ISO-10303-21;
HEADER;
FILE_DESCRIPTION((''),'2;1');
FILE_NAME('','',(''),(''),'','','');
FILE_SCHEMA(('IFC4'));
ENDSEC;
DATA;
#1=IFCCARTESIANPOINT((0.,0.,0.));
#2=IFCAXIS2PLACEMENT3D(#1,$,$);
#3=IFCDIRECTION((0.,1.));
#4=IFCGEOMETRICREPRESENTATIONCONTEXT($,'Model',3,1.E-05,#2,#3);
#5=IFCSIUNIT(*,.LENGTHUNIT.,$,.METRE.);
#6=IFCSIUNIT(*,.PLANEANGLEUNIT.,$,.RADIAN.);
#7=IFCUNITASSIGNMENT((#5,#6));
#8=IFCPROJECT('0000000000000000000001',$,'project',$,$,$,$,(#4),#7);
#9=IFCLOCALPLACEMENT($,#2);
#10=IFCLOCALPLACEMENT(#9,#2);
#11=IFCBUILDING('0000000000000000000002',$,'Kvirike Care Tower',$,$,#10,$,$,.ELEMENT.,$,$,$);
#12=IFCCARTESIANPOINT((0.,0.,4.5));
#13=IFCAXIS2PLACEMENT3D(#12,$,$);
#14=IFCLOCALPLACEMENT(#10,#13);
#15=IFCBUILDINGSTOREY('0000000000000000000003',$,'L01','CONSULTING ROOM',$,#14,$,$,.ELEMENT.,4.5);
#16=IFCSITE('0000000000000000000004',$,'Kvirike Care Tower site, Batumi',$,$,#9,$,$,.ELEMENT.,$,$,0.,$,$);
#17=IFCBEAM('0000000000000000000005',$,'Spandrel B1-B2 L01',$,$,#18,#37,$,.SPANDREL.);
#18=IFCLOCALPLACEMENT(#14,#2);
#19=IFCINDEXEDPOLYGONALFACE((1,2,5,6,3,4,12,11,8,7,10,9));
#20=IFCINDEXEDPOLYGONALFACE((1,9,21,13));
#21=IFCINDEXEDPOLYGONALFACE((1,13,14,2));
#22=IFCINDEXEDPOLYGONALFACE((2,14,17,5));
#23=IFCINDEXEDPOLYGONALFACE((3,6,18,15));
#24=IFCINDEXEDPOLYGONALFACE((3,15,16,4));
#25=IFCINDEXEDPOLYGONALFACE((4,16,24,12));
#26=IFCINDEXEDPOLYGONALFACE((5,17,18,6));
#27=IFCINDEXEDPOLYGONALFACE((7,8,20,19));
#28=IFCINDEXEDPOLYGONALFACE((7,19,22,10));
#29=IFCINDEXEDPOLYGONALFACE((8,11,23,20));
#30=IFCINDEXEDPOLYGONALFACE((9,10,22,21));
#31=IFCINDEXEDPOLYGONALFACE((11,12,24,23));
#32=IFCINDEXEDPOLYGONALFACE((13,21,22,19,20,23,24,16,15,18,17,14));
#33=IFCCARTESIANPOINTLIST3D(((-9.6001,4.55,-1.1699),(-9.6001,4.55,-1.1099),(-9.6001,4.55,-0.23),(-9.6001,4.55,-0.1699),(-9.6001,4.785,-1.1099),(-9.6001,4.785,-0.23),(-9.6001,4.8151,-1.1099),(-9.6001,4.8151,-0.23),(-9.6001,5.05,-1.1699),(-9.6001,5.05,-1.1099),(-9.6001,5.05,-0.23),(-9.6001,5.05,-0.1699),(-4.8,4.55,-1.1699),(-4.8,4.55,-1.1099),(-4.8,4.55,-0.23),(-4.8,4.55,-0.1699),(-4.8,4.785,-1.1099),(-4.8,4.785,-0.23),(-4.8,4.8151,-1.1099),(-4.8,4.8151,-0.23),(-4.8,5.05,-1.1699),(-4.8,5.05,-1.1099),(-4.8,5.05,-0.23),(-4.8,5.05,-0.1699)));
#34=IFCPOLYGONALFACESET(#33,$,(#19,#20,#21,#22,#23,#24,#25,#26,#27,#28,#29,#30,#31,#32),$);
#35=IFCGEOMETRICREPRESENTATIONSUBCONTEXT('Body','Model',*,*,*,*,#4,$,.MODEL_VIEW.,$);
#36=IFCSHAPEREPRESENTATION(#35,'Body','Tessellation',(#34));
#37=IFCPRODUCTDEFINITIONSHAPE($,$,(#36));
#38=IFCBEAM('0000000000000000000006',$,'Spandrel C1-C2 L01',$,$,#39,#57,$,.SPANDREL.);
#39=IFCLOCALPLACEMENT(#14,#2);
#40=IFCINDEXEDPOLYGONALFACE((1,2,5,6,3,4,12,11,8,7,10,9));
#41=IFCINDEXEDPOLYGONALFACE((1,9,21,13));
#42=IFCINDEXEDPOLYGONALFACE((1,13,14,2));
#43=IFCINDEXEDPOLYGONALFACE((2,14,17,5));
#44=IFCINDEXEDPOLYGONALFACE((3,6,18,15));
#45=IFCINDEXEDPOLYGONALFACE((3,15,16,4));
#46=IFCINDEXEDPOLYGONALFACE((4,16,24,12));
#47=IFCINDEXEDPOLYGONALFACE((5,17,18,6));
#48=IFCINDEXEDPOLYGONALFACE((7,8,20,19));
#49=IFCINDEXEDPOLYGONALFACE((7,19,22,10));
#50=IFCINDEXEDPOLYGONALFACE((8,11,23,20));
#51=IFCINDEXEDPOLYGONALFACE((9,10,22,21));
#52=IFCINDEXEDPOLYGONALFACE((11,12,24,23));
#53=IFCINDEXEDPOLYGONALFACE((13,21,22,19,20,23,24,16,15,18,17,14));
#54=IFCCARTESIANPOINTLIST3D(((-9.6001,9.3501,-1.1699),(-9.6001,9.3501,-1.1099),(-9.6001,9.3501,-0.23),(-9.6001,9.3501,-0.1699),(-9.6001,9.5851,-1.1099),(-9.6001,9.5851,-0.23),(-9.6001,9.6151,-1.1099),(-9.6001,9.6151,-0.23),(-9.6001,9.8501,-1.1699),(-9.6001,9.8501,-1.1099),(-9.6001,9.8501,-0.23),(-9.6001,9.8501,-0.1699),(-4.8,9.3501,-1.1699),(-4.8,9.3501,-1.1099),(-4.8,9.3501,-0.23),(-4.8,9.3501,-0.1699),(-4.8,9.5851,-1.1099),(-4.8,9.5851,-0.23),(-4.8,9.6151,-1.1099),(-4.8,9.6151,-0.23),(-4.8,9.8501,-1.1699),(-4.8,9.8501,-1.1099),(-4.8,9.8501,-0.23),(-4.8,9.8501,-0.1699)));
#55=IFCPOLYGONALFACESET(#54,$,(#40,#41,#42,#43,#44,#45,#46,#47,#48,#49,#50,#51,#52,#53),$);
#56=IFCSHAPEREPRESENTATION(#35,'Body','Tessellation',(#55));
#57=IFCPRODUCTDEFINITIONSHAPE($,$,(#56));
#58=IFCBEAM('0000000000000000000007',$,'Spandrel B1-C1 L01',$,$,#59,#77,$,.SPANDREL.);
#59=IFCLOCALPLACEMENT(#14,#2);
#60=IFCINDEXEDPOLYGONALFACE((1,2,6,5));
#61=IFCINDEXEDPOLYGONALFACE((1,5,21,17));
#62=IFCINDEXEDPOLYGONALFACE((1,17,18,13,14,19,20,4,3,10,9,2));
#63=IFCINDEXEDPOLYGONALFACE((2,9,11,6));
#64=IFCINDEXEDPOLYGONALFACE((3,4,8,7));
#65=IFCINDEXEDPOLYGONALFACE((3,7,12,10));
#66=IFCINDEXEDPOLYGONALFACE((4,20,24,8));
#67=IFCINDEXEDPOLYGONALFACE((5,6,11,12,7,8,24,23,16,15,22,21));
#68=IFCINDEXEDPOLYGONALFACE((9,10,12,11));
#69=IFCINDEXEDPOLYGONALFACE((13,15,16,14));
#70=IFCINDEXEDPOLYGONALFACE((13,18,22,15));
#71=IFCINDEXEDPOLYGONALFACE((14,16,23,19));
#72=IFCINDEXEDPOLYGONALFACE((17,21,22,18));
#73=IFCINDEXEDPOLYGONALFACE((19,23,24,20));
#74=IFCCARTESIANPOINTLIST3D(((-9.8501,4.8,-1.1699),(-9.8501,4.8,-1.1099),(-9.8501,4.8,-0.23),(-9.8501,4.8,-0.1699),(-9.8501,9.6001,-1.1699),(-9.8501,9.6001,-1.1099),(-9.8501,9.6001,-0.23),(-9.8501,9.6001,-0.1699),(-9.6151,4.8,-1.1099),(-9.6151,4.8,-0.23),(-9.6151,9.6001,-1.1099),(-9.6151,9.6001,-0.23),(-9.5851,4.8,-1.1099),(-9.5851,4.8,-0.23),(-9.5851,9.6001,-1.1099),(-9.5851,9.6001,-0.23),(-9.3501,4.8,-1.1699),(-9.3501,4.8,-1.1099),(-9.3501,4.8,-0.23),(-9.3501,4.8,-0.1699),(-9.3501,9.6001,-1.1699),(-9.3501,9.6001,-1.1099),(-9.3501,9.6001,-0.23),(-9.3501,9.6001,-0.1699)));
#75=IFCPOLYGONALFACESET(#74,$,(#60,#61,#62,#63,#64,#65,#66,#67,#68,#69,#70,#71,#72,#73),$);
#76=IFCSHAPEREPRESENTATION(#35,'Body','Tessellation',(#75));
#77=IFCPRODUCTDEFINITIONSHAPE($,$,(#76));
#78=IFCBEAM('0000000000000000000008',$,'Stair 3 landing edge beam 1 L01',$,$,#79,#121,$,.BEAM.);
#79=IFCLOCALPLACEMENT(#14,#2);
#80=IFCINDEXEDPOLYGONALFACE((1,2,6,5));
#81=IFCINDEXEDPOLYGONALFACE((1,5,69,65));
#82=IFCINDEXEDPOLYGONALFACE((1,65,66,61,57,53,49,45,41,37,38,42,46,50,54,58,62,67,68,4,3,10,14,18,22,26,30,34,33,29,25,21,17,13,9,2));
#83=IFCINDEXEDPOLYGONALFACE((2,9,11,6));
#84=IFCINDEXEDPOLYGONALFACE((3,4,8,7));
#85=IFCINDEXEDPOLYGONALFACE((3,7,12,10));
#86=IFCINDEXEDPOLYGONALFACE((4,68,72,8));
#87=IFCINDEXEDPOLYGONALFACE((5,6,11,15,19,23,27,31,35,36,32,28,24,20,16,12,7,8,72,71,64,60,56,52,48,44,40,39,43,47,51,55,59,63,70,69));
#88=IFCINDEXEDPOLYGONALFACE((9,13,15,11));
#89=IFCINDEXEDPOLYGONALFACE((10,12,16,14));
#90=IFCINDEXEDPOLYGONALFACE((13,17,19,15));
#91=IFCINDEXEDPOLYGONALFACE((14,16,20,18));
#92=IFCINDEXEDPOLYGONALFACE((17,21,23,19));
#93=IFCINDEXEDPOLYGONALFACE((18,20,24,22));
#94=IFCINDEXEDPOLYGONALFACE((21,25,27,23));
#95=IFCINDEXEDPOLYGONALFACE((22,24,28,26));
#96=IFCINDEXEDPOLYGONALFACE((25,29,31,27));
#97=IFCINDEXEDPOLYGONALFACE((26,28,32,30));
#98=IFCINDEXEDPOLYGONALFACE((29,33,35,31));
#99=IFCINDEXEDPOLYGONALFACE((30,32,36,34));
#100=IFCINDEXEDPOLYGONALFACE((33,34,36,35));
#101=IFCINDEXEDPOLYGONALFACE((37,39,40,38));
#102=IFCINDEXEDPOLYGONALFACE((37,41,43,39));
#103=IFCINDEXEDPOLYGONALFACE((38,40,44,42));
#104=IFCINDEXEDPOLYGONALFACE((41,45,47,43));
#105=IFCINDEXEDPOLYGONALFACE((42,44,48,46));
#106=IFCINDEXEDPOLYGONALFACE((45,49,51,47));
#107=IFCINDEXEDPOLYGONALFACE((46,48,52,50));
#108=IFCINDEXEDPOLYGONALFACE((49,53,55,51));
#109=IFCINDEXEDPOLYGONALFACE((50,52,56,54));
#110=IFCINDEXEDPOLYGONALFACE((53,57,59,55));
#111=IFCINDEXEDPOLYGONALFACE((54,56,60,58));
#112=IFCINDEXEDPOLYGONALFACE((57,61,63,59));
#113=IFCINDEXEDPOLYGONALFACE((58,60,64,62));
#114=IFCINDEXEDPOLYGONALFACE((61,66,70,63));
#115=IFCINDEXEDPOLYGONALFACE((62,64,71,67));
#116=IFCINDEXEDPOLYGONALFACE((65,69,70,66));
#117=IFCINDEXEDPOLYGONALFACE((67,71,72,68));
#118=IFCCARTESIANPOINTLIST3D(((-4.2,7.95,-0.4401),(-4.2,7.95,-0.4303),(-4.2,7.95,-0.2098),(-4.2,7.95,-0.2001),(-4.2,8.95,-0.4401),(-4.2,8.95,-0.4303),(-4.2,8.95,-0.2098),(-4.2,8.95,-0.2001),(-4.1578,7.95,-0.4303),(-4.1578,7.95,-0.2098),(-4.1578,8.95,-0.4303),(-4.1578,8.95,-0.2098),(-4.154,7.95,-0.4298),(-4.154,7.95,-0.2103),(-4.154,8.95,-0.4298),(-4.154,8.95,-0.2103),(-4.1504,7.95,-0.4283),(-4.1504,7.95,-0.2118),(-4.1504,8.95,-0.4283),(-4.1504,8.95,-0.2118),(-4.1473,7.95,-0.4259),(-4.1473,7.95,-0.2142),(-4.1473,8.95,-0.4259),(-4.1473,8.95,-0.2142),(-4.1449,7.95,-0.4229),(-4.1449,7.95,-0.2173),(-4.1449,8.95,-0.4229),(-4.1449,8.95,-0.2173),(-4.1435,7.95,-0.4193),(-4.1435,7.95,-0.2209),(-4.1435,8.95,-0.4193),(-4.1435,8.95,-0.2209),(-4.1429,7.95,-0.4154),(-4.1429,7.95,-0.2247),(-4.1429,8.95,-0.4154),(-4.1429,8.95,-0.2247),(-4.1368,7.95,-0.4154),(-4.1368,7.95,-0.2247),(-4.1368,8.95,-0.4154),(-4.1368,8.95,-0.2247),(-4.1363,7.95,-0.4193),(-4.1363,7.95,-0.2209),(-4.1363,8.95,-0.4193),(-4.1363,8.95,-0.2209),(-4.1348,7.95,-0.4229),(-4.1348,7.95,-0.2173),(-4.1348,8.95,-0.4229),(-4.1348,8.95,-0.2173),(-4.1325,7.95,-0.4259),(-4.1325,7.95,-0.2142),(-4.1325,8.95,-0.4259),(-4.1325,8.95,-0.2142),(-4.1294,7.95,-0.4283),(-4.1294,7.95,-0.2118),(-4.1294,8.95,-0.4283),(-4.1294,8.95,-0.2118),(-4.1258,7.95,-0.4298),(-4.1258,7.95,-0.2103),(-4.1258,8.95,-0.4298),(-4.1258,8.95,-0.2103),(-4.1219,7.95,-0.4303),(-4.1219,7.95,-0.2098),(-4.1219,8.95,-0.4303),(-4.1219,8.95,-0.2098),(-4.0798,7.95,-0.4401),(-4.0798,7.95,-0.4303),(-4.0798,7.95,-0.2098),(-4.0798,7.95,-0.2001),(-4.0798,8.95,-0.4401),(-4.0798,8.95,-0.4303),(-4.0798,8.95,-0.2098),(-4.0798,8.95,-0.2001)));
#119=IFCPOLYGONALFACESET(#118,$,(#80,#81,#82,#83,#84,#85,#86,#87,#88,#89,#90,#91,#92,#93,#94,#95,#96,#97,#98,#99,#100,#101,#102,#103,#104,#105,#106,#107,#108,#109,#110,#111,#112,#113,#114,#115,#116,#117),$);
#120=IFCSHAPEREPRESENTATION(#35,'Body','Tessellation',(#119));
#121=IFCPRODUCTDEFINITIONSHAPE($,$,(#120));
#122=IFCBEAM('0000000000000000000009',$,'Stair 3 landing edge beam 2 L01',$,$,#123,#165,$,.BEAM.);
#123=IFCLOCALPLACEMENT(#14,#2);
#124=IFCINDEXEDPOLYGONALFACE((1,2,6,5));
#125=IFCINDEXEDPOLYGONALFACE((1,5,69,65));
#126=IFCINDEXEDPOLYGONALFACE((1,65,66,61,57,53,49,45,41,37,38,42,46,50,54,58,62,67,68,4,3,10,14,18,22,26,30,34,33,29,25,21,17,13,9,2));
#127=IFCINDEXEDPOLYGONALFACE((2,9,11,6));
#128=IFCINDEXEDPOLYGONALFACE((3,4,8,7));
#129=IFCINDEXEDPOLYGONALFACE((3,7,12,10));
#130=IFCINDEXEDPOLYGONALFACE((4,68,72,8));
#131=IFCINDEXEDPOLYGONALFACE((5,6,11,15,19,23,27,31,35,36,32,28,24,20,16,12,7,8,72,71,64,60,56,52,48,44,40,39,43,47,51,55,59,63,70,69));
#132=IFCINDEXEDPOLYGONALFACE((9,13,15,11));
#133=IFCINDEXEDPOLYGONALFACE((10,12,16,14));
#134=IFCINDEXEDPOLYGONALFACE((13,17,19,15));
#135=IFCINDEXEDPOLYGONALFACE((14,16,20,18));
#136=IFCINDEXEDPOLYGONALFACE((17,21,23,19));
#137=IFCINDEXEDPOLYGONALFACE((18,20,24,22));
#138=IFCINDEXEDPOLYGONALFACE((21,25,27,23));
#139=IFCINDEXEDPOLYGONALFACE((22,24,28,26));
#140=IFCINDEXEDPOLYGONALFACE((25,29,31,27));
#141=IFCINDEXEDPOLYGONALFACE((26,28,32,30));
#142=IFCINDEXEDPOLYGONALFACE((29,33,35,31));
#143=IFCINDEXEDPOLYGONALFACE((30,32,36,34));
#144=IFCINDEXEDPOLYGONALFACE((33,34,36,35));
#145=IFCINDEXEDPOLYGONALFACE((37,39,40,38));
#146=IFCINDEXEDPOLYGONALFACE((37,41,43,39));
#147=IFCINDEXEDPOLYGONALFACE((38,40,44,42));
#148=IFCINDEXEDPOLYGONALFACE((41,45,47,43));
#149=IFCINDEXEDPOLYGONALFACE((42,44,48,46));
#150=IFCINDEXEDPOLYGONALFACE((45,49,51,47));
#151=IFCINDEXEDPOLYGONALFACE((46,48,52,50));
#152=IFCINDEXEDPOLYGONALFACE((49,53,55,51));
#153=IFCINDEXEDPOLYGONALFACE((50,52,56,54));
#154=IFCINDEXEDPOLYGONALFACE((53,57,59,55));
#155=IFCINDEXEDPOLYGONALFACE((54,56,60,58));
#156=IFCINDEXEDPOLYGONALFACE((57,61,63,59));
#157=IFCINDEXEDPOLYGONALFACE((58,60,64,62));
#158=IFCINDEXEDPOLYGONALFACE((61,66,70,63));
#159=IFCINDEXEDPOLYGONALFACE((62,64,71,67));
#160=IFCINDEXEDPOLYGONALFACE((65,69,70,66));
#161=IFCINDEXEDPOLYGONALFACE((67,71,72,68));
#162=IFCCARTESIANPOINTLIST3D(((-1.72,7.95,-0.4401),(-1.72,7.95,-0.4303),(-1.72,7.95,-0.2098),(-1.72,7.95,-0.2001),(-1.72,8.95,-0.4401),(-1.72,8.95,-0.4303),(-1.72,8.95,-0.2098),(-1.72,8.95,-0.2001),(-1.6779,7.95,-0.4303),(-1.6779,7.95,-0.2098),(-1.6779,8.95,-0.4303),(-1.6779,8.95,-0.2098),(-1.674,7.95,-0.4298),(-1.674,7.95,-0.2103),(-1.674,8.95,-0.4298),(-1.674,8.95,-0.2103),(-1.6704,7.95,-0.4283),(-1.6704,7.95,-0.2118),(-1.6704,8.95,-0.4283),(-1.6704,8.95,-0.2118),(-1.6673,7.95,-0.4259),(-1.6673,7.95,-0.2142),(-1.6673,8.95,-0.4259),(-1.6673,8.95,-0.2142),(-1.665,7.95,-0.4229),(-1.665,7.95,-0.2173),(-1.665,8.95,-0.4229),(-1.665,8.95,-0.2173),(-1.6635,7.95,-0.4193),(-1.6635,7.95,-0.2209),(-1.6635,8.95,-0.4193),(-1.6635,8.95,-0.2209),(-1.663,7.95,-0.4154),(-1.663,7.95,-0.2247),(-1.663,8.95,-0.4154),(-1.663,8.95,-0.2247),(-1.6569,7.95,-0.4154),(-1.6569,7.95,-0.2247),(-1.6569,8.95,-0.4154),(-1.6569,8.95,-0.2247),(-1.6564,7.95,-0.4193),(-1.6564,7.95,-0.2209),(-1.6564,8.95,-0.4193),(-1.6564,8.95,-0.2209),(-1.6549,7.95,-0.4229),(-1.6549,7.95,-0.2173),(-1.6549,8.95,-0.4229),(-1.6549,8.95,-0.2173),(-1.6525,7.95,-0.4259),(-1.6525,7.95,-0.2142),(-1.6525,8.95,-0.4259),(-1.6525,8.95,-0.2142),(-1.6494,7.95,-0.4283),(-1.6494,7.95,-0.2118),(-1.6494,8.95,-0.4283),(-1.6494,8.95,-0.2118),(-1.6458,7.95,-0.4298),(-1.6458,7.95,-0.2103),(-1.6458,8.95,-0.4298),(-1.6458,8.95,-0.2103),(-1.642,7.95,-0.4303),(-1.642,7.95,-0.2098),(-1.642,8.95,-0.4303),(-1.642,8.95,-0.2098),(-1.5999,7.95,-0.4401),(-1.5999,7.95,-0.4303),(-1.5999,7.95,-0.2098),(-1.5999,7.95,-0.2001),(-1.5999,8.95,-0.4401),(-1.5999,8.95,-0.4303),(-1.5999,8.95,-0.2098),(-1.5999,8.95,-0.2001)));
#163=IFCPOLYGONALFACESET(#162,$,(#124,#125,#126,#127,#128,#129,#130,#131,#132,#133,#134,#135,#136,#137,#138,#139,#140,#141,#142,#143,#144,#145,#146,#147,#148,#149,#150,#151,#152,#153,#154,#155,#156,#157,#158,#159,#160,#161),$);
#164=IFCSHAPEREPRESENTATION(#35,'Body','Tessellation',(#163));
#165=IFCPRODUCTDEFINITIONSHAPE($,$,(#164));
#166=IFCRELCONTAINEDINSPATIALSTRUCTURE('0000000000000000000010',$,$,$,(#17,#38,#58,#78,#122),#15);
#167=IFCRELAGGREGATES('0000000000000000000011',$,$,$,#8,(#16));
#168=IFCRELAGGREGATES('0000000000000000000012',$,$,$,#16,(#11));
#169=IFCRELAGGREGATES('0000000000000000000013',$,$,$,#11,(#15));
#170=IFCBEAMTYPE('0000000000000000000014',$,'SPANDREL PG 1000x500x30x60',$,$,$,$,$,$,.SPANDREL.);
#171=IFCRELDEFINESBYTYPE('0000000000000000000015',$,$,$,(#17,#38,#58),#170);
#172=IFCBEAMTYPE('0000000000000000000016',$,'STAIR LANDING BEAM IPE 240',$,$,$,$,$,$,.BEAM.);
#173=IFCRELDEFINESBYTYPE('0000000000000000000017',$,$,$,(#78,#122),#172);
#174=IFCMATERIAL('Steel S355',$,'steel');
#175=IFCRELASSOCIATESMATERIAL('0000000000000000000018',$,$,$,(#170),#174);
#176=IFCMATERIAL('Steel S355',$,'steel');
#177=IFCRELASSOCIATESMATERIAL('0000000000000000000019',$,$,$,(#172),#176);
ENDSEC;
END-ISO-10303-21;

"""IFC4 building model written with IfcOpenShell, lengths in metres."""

from ifc_helpers import new_model, si_unit, direction, frame, origin, origin_2d, place, context, subcontext, project, spatial, i_section, extrude, material, material_profile, profile_set, type_object, element, save


model = new_model("IFC4")

# Units and contexts
model_context = context("Model", 3, precision=1e-05, world=origin(), true_north=direction((0.0, 1.0)))
body_context = subcontext(model_context, "Body", "Model", "MODEL_VIEW")
ifc_project = project(units=[si_unit("LENGTHUNIT", "METRE"), si_unit("PLANEANGLEUNIT", "RADIAN")], contexts=[model_context])

# Site, building, storey
site_placement = place(None, origin())
site = spatial("IfcSite", under=ifc_project, at=site_placement, Name="Kvirike Care Tower site, Batumi", CompositionType="ELEMENT", RefElevation=0.0)
building_placement = place(site_placement, origin())
building = spatial("IfcBuilding", under=site, at=building_placement, Name="Kvirike Care Tower", CompositionType="ELEMENT")
storey_placement = place(building_placement, frame((0.0, 0.0, 4.5)))
storey = spatial("IfcBuildingStorey", under=building, at=storey_placement, Name="L01", Description="CONSULTING ROOM", CompositionType="ELEMENT", Elevation=4.5)

# Beams
ifc_material_1 = material(Name="Steel S355", Category="steel")
ifc_material_profile_1 = material_profile(ifc_material_1, i_section(OverallWidth=0.5, OverallDepth=1.0, WebThickness=0.03, FlangeThickness=0.0601, at=origin_2d()), Name="PG 1000x500x30x60")
ifc_profile_set_1 = profile_set([ifc_material_profile_1], Name="Steel S355")
beam_type_1 = type_object("IfcBeamType", Name="SPANDREL PG 1000x500x30x60", PredefinedType="SPANDREL", material=ifc_profile_set_1)
for number, where, z_axis, x_axis, name in (
    (1, (-9.6001, 4.8, -0.6699), (1.0, 0.0, 0.0), (0.0, 1.0, 0.0), "Spandrel B1-B2 L01"),
    (2, (-9.6001, 9.6001, -0.6699), (1.0, 0.0, 0.0), (0.0, 1.0, 0.0), "Spandrel C1-C2 L01"),
    (3, (-9.6001, 4.8, -0.6699), (0.0, 1.0, 0.0), (-1.0, 0.0, 0.0), "Spandrel B1-C1 L01"),
):
    element("IfcBeam", number, at=place(storey_placement, frame(where, z_axis=z_axis, x_axis=x_axis)), inside=storey, type_object=beam_type_1, Name=name, PredefinedType="SPANDREL", context=body_context, shape_type="SweptSolid", body=[
        extrude(i_section(OverallWidth=0.5, OverallDepth=1.0, WebThickness=0.03, FlangeThickness=0.0601, at=origin_2d()), origin(), (0.0, 0.0, 1.0), 4.8),
    ])
ifc_material_2 = material(Name="Steel S355", Category="steel")
ifc_material_profile_2 = material_profile(ifc_material_2, i_section(OverallWidth=0.1201, OverallDepth=0.24, WebThickness=0.0061, FlangeThickness=0.0098, FilletRadius=0.0149, at=origin_2d()), Name="IPE 240")
ifc_profile_set_2 = profile_set([ifc_material_profile_2], Name="Steel S355")
beam_type_2 = type_object("IfcBeamType", Name="STAIR LANDING BEAM IPE 240", PredefinedType="BEAM", material=ifc_profile_set_2)
for number, where, z_axis, x_axis, name in (
    (4, (-4.1399, 8.95, -0.3201), (0.0, -1.0, 0.0), (1.0, 0.0, 0.0), "Stair 3 landing edge beam 1 L01"),
    (5, (-1.6599, 8.95, -0.3201), (0.0, -1.0, 0.0), (1.0, 0.0, 0.0), "Stair 3 landing edge beam 2 L01"),
):
    element("IfcBeam", number, at=place(storey_placement, frame(where, z_axis=z_axis, x_axis=x_axis)), inside=storey, type_object=beam_type_2, Name=name, PredefinedType="BEAM", context=body_context, shape_type="SweptSolid", body=[
        extrude(i_section(OverallWidth=0.1201, OverallDepth=0.24, WebThickness=0.0061, FlangeThickness=0.0098, FilletRadius=0.0149, at=origin_2d()), origin(), (0.0, 0.0, 1.0), 1.0),
    ])

save(model, "model.ifc")
